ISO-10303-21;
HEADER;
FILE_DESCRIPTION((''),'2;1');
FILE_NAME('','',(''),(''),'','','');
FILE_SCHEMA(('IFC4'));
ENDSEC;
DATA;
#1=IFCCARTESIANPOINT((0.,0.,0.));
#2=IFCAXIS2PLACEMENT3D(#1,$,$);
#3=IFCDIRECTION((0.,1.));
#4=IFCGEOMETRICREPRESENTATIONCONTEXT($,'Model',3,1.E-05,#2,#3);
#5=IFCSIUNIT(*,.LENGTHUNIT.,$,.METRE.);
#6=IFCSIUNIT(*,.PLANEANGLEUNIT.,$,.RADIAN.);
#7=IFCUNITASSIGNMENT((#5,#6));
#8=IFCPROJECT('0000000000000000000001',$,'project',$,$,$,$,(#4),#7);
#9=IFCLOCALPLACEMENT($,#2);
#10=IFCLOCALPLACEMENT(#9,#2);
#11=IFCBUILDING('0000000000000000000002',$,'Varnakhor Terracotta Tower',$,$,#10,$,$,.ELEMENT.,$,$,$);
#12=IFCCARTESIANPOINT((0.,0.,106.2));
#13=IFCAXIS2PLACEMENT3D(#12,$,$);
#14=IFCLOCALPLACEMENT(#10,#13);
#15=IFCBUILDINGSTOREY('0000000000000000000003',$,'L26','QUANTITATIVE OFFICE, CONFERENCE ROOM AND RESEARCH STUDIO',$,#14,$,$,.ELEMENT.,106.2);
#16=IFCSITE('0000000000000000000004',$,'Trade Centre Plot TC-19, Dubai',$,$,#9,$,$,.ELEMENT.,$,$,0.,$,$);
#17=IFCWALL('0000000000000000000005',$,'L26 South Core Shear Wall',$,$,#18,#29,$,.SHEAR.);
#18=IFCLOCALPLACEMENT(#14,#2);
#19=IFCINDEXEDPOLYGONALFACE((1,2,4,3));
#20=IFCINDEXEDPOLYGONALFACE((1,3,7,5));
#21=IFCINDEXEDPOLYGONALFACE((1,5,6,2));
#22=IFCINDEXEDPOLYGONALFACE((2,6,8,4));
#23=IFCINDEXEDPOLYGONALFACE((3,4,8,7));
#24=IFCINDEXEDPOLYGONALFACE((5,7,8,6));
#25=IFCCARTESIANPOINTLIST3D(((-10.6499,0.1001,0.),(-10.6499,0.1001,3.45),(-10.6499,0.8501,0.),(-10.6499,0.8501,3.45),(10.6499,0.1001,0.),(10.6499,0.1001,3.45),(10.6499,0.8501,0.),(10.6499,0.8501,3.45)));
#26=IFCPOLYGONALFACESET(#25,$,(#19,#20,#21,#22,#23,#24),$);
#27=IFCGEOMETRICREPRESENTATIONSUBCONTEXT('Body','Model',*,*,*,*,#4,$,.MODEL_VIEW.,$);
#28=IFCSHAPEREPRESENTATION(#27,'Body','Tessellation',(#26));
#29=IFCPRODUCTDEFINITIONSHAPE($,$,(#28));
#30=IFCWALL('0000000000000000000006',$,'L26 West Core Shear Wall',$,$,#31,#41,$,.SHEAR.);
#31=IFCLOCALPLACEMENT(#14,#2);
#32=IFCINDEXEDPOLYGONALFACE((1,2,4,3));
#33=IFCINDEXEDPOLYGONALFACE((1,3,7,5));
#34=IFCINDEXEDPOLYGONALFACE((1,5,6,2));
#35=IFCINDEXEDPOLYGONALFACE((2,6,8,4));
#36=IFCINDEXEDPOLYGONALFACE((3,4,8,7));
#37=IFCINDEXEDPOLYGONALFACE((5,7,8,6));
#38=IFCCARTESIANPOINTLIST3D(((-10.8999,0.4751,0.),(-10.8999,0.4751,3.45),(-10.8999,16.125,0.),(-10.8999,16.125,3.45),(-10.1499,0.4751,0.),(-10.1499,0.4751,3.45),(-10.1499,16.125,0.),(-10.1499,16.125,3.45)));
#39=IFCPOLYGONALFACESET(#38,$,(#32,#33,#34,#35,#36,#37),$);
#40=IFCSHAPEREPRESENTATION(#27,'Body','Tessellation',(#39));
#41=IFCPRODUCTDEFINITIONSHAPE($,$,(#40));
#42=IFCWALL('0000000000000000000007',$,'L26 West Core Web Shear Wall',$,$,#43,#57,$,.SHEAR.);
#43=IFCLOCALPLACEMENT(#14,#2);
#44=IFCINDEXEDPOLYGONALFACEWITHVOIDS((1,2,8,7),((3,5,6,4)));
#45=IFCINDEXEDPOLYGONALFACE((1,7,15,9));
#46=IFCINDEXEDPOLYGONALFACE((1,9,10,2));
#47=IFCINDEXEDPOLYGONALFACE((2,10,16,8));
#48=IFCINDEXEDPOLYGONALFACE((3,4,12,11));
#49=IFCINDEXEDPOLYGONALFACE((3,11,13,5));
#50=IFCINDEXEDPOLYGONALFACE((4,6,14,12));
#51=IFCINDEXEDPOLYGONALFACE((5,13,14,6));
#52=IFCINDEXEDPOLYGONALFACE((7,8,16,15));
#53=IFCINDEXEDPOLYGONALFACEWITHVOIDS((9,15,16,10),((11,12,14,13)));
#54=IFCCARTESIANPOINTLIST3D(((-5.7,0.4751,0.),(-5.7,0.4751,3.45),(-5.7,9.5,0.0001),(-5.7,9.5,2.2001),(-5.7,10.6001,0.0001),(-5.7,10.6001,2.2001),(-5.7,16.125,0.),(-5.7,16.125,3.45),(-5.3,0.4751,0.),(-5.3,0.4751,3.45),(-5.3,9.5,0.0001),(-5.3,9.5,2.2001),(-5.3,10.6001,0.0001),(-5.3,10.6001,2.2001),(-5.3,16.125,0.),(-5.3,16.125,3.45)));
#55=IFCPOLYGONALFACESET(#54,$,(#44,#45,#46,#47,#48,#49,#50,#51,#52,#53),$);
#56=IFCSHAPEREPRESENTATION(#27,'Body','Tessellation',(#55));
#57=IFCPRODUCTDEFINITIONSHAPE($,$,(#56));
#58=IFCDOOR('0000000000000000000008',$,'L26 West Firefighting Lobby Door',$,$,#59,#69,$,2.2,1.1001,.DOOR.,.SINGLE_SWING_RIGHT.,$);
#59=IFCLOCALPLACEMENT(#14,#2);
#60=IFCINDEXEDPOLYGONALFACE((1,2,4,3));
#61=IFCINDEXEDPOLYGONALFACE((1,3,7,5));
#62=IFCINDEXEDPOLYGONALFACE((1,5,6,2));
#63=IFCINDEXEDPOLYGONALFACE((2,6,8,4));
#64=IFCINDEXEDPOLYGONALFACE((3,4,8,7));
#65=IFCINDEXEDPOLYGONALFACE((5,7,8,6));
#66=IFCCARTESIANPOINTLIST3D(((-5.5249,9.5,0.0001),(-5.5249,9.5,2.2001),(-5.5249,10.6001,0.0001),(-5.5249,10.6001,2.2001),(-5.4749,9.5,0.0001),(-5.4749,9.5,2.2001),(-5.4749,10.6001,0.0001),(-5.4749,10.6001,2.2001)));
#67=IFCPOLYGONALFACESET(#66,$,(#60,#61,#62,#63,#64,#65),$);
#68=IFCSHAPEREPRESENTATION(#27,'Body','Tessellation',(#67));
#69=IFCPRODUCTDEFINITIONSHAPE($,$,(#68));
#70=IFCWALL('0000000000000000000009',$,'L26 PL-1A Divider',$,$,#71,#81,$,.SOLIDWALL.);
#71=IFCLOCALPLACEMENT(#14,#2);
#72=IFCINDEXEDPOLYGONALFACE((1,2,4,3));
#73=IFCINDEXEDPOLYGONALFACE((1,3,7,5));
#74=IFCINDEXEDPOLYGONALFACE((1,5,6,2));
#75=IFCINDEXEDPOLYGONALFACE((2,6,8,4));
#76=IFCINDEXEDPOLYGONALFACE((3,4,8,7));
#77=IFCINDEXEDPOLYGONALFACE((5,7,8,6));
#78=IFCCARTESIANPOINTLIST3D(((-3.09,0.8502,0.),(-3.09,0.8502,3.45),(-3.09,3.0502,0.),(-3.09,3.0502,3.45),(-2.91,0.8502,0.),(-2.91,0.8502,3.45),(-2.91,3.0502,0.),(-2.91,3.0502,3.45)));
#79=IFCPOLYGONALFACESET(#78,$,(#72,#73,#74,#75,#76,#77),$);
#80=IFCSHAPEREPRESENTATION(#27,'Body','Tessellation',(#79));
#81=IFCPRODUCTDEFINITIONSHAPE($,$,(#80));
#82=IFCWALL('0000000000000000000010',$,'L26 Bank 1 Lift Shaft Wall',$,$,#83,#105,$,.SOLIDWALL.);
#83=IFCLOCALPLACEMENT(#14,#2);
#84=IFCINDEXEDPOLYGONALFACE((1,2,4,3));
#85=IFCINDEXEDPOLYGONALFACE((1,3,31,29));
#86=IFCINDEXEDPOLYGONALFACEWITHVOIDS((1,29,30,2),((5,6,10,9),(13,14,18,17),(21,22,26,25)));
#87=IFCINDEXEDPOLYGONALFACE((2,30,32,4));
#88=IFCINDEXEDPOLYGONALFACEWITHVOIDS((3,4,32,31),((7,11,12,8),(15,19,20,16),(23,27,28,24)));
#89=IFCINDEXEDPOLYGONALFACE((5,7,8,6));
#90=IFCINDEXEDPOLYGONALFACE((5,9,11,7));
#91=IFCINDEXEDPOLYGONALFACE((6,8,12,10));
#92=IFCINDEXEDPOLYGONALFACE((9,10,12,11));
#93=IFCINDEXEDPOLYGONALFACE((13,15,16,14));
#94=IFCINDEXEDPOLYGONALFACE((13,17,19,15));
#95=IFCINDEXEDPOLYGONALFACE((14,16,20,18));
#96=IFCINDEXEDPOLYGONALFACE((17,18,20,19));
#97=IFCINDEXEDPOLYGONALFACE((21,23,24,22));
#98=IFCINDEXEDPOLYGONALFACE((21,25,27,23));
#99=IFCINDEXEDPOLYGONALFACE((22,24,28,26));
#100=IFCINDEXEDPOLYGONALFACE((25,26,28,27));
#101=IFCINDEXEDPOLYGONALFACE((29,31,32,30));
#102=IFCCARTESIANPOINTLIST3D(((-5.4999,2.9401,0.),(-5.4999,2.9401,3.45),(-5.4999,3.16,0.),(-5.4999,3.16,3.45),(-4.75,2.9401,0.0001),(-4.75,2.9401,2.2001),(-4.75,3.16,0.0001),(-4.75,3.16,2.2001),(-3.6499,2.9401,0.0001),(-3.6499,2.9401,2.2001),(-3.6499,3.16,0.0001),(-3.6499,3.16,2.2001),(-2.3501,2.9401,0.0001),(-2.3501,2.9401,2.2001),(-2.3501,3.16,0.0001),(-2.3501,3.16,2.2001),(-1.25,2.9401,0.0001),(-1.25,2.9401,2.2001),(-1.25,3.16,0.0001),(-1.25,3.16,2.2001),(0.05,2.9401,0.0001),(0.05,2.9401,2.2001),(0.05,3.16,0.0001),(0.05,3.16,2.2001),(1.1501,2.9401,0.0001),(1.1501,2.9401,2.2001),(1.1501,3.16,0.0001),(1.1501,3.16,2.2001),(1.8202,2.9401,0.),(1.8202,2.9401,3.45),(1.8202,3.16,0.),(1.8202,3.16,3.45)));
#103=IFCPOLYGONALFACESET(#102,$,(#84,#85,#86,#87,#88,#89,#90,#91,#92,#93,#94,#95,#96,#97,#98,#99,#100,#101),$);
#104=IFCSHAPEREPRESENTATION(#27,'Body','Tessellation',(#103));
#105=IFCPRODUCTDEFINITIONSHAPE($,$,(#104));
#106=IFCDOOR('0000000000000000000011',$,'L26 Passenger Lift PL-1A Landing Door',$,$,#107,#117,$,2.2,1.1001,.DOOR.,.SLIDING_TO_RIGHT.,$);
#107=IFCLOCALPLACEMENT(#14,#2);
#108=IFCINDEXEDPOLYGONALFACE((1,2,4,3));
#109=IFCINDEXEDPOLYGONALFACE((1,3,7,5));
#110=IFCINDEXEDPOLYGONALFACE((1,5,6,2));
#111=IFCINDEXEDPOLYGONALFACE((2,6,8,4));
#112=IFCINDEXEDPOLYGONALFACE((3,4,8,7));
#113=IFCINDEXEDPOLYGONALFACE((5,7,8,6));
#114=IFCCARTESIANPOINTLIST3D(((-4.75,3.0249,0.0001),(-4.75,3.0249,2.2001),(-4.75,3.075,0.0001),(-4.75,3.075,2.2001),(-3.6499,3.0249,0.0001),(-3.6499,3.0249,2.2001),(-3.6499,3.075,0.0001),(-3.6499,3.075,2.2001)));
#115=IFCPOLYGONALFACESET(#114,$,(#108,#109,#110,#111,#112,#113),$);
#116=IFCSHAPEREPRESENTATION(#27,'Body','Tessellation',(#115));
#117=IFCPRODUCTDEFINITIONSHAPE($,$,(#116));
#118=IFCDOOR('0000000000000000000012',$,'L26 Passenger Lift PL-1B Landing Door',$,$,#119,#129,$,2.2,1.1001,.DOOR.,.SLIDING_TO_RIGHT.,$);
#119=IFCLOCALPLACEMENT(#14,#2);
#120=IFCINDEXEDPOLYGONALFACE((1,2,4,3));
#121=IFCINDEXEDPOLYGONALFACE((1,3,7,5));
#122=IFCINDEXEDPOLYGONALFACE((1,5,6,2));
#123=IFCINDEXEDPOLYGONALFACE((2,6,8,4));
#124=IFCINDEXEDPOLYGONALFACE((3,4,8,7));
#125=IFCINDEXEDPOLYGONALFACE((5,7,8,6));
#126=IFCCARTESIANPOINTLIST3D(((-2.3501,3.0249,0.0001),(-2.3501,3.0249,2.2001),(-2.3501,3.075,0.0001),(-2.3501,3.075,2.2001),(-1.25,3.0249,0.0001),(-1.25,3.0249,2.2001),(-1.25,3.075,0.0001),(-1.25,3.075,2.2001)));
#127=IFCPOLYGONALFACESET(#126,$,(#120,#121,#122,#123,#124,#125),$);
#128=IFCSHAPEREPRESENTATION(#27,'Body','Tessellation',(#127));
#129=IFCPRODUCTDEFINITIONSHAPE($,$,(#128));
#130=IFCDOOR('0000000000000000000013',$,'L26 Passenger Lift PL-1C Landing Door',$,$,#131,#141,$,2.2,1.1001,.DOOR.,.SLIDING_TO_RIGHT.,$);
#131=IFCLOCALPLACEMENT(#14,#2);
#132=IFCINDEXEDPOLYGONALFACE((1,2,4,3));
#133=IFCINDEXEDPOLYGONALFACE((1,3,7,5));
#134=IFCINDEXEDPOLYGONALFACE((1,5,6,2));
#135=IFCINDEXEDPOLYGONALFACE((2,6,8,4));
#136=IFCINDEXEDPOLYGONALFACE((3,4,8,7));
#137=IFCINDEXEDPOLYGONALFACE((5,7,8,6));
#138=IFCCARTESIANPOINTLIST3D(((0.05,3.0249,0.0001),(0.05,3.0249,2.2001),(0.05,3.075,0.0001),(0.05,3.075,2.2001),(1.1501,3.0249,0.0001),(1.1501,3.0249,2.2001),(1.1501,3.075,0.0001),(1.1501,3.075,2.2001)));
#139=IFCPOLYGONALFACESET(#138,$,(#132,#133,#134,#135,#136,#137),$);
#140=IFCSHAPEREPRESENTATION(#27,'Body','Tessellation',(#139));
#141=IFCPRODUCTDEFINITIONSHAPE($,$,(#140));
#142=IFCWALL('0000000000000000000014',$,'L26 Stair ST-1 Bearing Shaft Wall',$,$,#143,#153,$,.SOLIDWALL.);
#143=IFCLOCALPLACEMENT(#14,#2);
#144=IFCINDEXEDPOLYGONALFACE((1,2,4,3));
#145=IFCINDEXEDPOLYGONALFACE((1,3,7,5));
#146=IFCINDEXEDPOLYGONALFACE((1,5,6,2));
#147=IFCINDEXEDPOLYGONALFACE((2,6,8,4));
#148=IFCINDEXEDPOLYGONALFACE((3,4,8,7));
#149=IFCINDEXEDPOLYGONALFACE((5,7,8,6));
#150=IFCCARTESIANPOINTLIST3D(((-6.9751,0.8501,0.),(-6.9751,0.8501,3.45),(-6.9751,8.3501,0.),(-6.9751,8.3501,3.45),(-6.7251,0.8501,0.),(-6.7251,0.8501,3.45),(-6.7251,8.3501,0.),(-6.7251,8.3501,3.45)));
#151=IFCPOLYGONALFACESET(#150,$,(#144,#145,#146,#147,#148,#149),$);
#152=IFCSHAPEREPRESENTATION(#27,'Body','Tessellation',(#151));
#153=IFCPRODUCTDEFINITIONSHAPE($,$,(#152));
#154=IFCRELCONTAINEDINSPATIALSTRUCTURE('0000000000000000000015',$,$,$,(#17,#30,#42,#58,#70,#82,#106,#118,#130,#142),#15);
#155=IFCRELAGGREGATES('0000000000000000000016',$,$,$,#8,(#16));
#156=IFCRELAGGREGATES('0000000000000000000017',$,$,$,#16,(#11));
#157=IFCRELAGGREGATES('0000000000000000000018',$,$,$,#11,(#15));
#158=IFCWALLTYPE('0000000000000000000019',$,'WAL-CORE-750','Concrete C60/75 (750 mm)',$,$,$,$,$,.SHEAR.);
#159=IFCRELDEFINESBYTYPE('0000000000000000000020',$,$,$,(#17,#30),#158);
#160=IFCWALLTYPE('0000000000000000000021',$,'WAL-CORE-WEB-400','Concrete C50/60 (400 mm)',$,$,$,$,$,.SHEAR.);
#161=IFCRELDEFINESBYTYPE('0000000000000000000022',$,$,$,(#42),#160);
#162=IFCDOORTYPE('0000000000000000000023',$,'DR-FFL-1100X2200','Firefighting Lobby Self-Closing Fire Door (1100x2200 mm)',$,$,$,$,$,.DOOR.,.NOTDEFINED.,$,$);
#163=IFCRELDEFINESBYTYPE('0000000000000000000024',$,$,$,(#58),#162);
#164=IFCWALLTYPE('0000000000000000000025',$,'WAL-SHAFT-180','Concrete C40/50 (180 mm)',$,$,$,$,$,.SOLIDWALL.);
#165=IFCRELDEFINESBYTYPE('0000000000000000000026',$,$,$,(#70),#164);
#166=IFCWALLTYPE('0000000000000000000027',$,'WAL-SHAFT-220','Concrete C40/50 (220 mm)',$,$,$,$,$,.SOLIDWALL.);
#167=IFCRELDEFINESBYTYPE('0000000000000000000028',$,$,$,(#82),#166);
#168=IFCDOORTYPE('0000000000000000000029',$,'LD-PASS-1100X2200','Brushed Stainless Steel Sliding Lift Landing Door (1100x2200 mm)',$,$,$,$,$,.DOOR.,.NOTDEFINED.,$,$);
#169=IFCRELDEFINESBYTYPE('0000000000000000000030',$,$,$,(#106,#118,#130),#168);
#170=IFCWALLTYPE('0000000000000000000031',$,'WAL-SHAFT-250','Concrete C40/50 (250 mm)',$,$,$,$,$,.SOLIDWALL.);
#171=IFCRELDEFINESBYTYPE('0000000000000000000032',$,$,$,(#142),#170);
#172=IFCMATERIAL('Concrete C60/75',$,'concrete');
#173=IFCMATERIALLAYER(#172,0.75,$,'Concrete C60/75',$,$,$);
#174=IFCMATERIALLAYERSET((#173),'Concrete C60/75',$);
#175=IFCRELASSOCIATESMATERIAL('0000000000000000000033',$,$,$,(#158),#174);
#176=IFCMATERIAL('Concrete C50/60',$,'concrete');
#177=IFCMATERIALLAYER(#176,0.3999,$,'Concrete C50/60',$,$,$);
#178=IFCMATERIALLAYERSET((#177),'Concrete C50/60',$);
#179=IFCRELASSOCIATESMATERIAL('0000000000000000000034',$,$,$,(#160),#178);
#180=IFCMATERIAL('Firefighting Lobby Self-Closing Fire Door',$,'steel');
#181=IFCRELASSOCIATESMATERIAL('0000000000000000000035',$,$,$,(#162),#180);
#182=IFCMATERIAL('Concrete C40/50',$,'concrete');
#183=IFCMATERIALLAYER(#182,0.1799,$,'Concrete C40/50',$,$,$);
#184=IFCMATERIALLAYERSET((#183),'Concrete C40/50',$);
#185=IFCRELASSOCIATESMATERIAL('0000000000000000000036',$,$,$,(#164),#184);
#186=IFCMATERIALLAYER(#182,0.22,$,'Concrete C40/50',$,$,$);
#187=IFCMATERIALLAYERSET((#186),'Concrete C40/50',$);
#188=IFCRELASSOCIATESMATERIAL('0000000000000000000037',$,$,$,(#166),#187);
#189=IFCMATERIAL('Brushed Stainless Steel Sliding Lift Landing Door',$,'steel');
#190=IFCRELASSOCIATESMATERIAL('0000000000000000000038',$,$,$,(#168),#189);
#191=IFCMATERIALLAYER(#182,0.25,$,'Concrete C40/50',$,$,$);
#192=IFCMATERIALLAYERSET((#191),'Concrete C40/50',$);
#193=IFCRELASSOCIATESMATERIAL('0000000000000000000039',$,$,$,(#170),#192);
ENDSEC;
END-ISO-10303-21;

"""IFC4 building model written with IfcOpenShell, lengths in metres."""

from ifc_helpers import new_model, si_unit, direction, frame, frame_2d, origin, place, context, subcontext, project, spatial, rectangle, extrude, source, transform, mapped, material, layer, layer_set, type_object, type_shapes, element, fill, save


model = new_model("IFC4")

# Units and contexts
model_context = context("Model", 3, precision=1e-05, world=origin(), true_north=direction((0.0, 1.0)))
body_context = subcontext(model_context, "Body", "Model", "MODEL_VIEW")
ifc_project = project(units=[si_unit("LENGTHUNIT", "METRE"), si_unit("PLANEANGLEUNIT", "RADIAN")], contexts=[model_context])

# Site, building, storey
site_placement = place(None, origin())
site = spatial("IfcSite", under=ifc_project, at=site_placement, Name="Trade Centre Plot TC-19, Dubai", CompositionType="ELEMENT", RefElevation=0.0)
building_placement = place(site_placement, origin())
building = spatial("IfcBuilding", under=site, at=building_placement, Name="Varnakhor Terracotta Tower", CompositionType="ELEMENT")
storey_placement = place(building_placement, frame((0.0, 0.0, 106.2)))
storey = spatial("IfcBuildingStorey", under=building, at=storey_placement, Name="L26", Description="QUANTITATIVE OFFICE, CONFERENCE ROOM AND RESEARCH STUDIO", CompositionType="ELEMENT", Elevation=106.2)

# Shared definitions
ifc_material_1 = material(Name="Concrete C50/60", Category="concrete")

# Walls
ifc_material_2 = material(Name="Concrete C60/75", Category="concrete")
ifc_layer_1 = layer(ifc_material_2, 0.75, Name="Concrete C60/75")
ifc_layer_set_1 = layer_set([ifc_layer_1], Name="Concrete C60/75")
wall_type_1 = type_object("IfcWallType", Name="WAL-CORE-750", Description="Concrete C60/75 (750 mm)", PredefinedType="SHEAR", material=ifc_layer_set_1)
wall_1_placement = place(storey_placement, frame((-10.6499, 0.4751, 0.0), z_axis=(0.0, 0.0, 1.0), x_axis=(1.0, 0.0, 0.0)))
element("IfcWall", 1, at=wall_1_placement, inside=storey, type_object=wall_type_1, Name="L26 South Core Shear Wall", PredefinedType="SHEAR", context=body_context, shape_type="SweptSolid", body=[
    extrude(rectangle(XDim=21.2998, YDim=0.75, at=frame_2d((10.6499, 0.0))), origin(), (0.0, 0.0, 1.0), 3.45),
])
wall_2_placement = place(storey_placement, frame((-10.5249, 0.4751, 0.0), z_axis=(0.0, 0.0, 1.0), x_axis=(0.0, 1.0, 0.0)))
element("IfcWall", 2, at=wall_2_placement, inside=storey, type_object=wall_type_1, Name="L26 West Core Shear Wall", PredefinedType="SHEAR", context=body_context, shape_type="SweptSolid", body=[
    extrude(rectangle(XDim=15.6499, YDim=0.75, at=frame_2d((7.825, 0.0))), origin(), (0.0, 0.0, 1.0), 3.45),
])

# Wall, opening, door
ifc_layer_2 = layer(ifc_material_1, 0.3999, Name="Concrete C50/60")
ifc_layer_set_2 = layer_set([ifc_layer_2], Name="Concrete C50/60")
wall_type_2 = type_object("IfcWallType", Name="WAL-CORE-WEB-400", Description="Concrete C50/60 (400 mm)", PredefinedType="SHEAR", material=ifc_layer_set_2)
wall_3_placement = place(storey_placement, frame((-5.5, 0.4751, 0.0), z_axis=(0.0, 0.0, 1.0), x_axis=(0.0, 1.0, 0.0)))
wall_3 = element("IfcWall", 3, at=wall_3_placement, inside=storey, type_object=wall_type_2, Name="L26 West Core Web Shear Wall", PredefinedType="SHEAR", context=body_context, shape_type="SweptSolid", body=[
    extrude(rectangle(XDim=15.6499, YDim=0.3999, at=frame_2d((7.825, 0.0))), origin(), (0.0, 0.0, 1.0), 3.45),
])
opening_1_placement = place(wall_3_placement, frame((9.0249, 0.0, 0.0)))
opening_1 = element("IfcOpeningElement", 4, at=opening_1_placement, cuts=wall_3, PredefinedType="OPENING", context=body_context, shape_type="SweptSolid", body=[
    extrude(rectangle(XDim=1.1001, YDim=2.2, at=frame_2d((0.55, 1.1001))), frame((0.0, 0.21, 0.0), z_axis=(0.0, -1.0, 0.0), x_axis=(1.0, 0.0, 0.0)), (0.0, 0.0, 1.0), 0.4199),
])
ifc_material_3 = material(Name="Firefighting Lobby Self-Closing Fire Door", Category="steel")
door_type_1 = type_object("IfcDoorType", Name="DR-FFL-1100X2200", Description="Firefighting Lobby Self-Closing Fire Door (1100x2200 mm)", OperationType="NOTDEFINED", PredefinedType="DOOR", material=ifc_material_3)
shared_shape_1 = source(origin(), body_context, "Body", "SweptSolid", [
    extrude(rectangle(XDim=1.1001, YDim=2.2, at=frame_2d((0.55, 1.1001))), frame((0.0, 0.0249, 0.0), z_axis=(0.0, -1.0, 0.0), x_axis=(1.0, 0.0, 0.0)), (0.0, 0.0, 1.0), 0.05),
])
type_shapes(door_type_1, [shared_shape_1])
door_1_placement = place(opening_1_placement, origin())
door_1 = element("IfcDoor", 5, at=door_1_placement, inside=storey, type_object=door_type_1, Name="L26 West Firefighting Lobby Door", OperationType="SINGLE_SWING_RIGHT", OverallHeight=2.2, OverallWidth=1.1001, PredefinedType="DOOR", context=body_context, shape_type="MappedRepresentation", body=[
    mapped(shared_shape_1, transform((0.0, 0.0, 0.0), scale=1.0)),
])
fill(opening_1, door_1)

# Wall
ifc_material_4 = material(Name="Concrete C40/50", Category="concrete")
ifc_layer_3 = layer(ifc_material_4, 0.1799, Name="Concrete C40/50")
ifc_layer_set_3 = layer_set([ifc_layer_3], Name="Concrete C40/50")
wall_type_3 = type_object("IfcWallType", Name="WAL-SHAFT-180", Description="Concrete C40/50 (180 mm)", PredefinedType="SOLIDWALL", material=ifc_layer_set_3)
wall_4_placement = place(storey_placement, frame((-3.0, 0.8501, 0.0), z_axis=(0.0, 0.0, 1.0), x_axis=(0.0, 1.0, 0.0)))
element("IfcWall", 6, at=wall_4_placement, inside=storey, type_object=wall_type_3, Name="L26 PL-1A Divider", PredefinedType="SOLIDWALL", context=body_context, shape_type="SweptSolid", body=[
    extrude(rectangle(XDim=2.2, YDim=0.1799, at=frame_2d((1.1001, 0.0))), origin(), (0.0, 0.0, 1.0), 3.45),
])

# Wall, openings, doors
ifc_layer_4 = layer(ifc_material_4, 0.22, Name="Concrete C40/50")
ifc_layer_set_4 = layer_set([ifc_layer_4], Name="Concrete C40/50")
wall_type_4 = type_object("IfcWallType", Name="WAL-SHAFT-220", Description="Concrete C40/50 (220 mm)", PredefinedType="SOLIDWALL", material=ifc_layer_set_4)
wall_5_placement = place(storey_placement, frame((-5.5, 3.05, 0.0), z_axis=(0.0, 0.0, 1.0), x_axis=(1.0, 0.0, 0.0)))
wall_5 = element("IfcWall", 7, at=wall_5_placement, inside=storey, type_object=wall_type_4, Name="L26 Bank 1 Lift Shaft Wall", PredefinedType="SOLIDWALL", context=body_context, shape_type="SweptSolid", body=[
    extrude(rectangle(XDim=7.3201, YDim=0.22, at=frame_2d((3.6602, 0.0))), origin(), (0.0, 0.0, 1.0), 3.45),
])
opening_2_placement = place(wall_5_placement, frame((0.75, 0.0, 0.0)))
opening_2 = element("IfcOpeningElement", 8, at=opening_2_placement, cuts=wall_5, PredefinedType="OPENING", context=body_context, shape_type="SweptSolid", body=[
    extrude(rectangle(XDim=1.1001, YDim=2.2, at=frame_2d((0.55, 1.1001))), frame((0.0, 0.1201, 0.0), z_axis=(0.0, -1.0, 0.0), x_axis=(1.0, 0.0, 0.0)), (0.0, 0.0, 1.0), 0.24),
])
opening_3_placement = place(wall_5_placement, frame((3.1499, 0.0, 0.0)))
opening_3 = element("IfcOpeningElement", 9, at=opening_3_placement, cuts=wall_5, PredefinedType="OPENING", context=body_context, shape_type="SweptSolid", body=[
    extrude(rectangle(XDim=1.1001, YDim=2.2, at=frame_2d((0.55, 1.1001))), frame((0.0, 0.1201, 0.0), z_axis=(0.0, -1.0, 0.0), x_axis=(1.0, 0.0, 0.0)), (0.0, 0.0, 1.0), 0.24),
])
opening_4_placement = place(wall_5_placement, frame((5.55, 0.0, 0.0)))
opening_4 = element("IfcOpeningElement", 10, at=opening_4_placement, cuts=wall_5, PredefinedType="OPENING", context=body_context, shape_type="SweptSolid", body=[
    extrude(rectangle(XDim=1.1001, YDim=2.2, at=frame_2d((0.55, 1.1001))), frame((0.0, 0.1201, 0.0), z_axis=(0.0, -1.0, 0.0), x_axis=(1.0, 0.0, 0.0)), (0.0, 0.0, 1.0), 0.24),
])
ifc_material_5 = material(Name="Brushed Stainless Steel Sliding Lift Landing Door", Category="steel")
door_type_2 = type_object("IfcDoorType", Name="LD-PASS-1100X2200", Description="Brushed Stainless Steel Sliding Lift Landing Door (1100x2200 mm)", OperationType="NOTDEFINED", PredefinedType="DOOR", material=ifc_material_5)
shared_shape_2 = source(origin(), body_context, "Body", "SweptSolid", [
    extrude(rectangle(XDim=1.1001, YDim=2.2, at=frame_2d((0.55, 1.1001))), frame((0.0, 0.0249, 0.0), z_axis=(0.0, -1.0, 0.0), x_axis=(1.0, 0.0, 0.0)), (0.0, 0.0, 1.0), 0.05),
])
type_shapes(door_type_2, [shared_shape_2])
door_2_placement = place(opening_2_placement, origin())
door_2 = element("IfcDoor", 11, at=door_2_placement, inside=storey, type_object=door_type_2, Name="L26 Passenger Lift PL-1A Landing Door", OperationType="SLIDING_TO_RIGHT", OverallHeight=2.2, OverallWidth=1.1001, PredefinedType="DOOR", context=body_context, shape_type="MappedRepresentation", body=[
    mapped(shared_shape_2, transform((0.0, 0.0, 0.0), scale=1.0)),
])
fill(opening_2, door_2)
door_3_placement = place(opening_3_placement, origin())
door_3 = element("IfcDoor", 12, at=door_3_placement, inside=storey, type_object=door_type_2, Name="L26 Passenger Lift PL-1B Landing Door", OperationType="SLIDING_TO_RIGHT", OverallHeight=2.2, OverallWidth=1.1001, PredefinedType="DOOR", context=body_context, shape_type="MappedRepresentation", body=[
    mapped(shared_shape_2, transform((0.0, 0.0, 0.0), scale=1.0)),
])
fill(opening_3, door_3)
door_4_placement = place(opening_4_placement, origin())
door_4 = element("IfcDoor", 13, at=door_4_placement, inside=storey, type_object=door_type_2, Name="L26 Passenger Lift PL-1C Landing Door", OperationType="SLIDING_TO_RIGHT", OverallHeight=2.2, OverallWidth=1.1001, PredefinedType="DOOR", context=body_context, shape_type="MappedRepresentation", body=[
    mapped(shared_shape_2, transform((0.0, 0.0, 0.0), scale=1.0)),
])
fill(opening_4, door_4)

# Wall
ifc_layer_5 = layer(ifc_material_4, 0.25, Name="Concrete C40/50")
ifc_layer_set_5 = layer_set([ifc_layer_5], Name="Concrete C40/50")
wall_type_5 = type_object("IfcWallType", Name="WAL-SHAFT-250", Description="Concrete C40/50 (250 mm)", PredefinedType="SOLIDWALL", material=ifc_layer_set_5)
wall_6_placement = place(storey_placement, frame((-6.8501, 0.8501, 0.0), z_axis=(0.0, 0.0, 1.0), x_axis=(0.0, 1.0, 0.0)))
element("IfcWall", 14, at=wall_6_placement, inside=storey, type_object=wall_type_5, Name="L26 Stair ST-1 Bearing Shaft Wall", PredefinedType="SOLIDWALL", context=body_context, shape_type="SweptSolid", body=[
    extrude(rectangle(XDim=7.5, YDim=0.25, at=frame_2d((3.75, 0.0))), origin(), (0.0, 0.0, 1.0), 3.45),
])

save(model, "model.ifc")
